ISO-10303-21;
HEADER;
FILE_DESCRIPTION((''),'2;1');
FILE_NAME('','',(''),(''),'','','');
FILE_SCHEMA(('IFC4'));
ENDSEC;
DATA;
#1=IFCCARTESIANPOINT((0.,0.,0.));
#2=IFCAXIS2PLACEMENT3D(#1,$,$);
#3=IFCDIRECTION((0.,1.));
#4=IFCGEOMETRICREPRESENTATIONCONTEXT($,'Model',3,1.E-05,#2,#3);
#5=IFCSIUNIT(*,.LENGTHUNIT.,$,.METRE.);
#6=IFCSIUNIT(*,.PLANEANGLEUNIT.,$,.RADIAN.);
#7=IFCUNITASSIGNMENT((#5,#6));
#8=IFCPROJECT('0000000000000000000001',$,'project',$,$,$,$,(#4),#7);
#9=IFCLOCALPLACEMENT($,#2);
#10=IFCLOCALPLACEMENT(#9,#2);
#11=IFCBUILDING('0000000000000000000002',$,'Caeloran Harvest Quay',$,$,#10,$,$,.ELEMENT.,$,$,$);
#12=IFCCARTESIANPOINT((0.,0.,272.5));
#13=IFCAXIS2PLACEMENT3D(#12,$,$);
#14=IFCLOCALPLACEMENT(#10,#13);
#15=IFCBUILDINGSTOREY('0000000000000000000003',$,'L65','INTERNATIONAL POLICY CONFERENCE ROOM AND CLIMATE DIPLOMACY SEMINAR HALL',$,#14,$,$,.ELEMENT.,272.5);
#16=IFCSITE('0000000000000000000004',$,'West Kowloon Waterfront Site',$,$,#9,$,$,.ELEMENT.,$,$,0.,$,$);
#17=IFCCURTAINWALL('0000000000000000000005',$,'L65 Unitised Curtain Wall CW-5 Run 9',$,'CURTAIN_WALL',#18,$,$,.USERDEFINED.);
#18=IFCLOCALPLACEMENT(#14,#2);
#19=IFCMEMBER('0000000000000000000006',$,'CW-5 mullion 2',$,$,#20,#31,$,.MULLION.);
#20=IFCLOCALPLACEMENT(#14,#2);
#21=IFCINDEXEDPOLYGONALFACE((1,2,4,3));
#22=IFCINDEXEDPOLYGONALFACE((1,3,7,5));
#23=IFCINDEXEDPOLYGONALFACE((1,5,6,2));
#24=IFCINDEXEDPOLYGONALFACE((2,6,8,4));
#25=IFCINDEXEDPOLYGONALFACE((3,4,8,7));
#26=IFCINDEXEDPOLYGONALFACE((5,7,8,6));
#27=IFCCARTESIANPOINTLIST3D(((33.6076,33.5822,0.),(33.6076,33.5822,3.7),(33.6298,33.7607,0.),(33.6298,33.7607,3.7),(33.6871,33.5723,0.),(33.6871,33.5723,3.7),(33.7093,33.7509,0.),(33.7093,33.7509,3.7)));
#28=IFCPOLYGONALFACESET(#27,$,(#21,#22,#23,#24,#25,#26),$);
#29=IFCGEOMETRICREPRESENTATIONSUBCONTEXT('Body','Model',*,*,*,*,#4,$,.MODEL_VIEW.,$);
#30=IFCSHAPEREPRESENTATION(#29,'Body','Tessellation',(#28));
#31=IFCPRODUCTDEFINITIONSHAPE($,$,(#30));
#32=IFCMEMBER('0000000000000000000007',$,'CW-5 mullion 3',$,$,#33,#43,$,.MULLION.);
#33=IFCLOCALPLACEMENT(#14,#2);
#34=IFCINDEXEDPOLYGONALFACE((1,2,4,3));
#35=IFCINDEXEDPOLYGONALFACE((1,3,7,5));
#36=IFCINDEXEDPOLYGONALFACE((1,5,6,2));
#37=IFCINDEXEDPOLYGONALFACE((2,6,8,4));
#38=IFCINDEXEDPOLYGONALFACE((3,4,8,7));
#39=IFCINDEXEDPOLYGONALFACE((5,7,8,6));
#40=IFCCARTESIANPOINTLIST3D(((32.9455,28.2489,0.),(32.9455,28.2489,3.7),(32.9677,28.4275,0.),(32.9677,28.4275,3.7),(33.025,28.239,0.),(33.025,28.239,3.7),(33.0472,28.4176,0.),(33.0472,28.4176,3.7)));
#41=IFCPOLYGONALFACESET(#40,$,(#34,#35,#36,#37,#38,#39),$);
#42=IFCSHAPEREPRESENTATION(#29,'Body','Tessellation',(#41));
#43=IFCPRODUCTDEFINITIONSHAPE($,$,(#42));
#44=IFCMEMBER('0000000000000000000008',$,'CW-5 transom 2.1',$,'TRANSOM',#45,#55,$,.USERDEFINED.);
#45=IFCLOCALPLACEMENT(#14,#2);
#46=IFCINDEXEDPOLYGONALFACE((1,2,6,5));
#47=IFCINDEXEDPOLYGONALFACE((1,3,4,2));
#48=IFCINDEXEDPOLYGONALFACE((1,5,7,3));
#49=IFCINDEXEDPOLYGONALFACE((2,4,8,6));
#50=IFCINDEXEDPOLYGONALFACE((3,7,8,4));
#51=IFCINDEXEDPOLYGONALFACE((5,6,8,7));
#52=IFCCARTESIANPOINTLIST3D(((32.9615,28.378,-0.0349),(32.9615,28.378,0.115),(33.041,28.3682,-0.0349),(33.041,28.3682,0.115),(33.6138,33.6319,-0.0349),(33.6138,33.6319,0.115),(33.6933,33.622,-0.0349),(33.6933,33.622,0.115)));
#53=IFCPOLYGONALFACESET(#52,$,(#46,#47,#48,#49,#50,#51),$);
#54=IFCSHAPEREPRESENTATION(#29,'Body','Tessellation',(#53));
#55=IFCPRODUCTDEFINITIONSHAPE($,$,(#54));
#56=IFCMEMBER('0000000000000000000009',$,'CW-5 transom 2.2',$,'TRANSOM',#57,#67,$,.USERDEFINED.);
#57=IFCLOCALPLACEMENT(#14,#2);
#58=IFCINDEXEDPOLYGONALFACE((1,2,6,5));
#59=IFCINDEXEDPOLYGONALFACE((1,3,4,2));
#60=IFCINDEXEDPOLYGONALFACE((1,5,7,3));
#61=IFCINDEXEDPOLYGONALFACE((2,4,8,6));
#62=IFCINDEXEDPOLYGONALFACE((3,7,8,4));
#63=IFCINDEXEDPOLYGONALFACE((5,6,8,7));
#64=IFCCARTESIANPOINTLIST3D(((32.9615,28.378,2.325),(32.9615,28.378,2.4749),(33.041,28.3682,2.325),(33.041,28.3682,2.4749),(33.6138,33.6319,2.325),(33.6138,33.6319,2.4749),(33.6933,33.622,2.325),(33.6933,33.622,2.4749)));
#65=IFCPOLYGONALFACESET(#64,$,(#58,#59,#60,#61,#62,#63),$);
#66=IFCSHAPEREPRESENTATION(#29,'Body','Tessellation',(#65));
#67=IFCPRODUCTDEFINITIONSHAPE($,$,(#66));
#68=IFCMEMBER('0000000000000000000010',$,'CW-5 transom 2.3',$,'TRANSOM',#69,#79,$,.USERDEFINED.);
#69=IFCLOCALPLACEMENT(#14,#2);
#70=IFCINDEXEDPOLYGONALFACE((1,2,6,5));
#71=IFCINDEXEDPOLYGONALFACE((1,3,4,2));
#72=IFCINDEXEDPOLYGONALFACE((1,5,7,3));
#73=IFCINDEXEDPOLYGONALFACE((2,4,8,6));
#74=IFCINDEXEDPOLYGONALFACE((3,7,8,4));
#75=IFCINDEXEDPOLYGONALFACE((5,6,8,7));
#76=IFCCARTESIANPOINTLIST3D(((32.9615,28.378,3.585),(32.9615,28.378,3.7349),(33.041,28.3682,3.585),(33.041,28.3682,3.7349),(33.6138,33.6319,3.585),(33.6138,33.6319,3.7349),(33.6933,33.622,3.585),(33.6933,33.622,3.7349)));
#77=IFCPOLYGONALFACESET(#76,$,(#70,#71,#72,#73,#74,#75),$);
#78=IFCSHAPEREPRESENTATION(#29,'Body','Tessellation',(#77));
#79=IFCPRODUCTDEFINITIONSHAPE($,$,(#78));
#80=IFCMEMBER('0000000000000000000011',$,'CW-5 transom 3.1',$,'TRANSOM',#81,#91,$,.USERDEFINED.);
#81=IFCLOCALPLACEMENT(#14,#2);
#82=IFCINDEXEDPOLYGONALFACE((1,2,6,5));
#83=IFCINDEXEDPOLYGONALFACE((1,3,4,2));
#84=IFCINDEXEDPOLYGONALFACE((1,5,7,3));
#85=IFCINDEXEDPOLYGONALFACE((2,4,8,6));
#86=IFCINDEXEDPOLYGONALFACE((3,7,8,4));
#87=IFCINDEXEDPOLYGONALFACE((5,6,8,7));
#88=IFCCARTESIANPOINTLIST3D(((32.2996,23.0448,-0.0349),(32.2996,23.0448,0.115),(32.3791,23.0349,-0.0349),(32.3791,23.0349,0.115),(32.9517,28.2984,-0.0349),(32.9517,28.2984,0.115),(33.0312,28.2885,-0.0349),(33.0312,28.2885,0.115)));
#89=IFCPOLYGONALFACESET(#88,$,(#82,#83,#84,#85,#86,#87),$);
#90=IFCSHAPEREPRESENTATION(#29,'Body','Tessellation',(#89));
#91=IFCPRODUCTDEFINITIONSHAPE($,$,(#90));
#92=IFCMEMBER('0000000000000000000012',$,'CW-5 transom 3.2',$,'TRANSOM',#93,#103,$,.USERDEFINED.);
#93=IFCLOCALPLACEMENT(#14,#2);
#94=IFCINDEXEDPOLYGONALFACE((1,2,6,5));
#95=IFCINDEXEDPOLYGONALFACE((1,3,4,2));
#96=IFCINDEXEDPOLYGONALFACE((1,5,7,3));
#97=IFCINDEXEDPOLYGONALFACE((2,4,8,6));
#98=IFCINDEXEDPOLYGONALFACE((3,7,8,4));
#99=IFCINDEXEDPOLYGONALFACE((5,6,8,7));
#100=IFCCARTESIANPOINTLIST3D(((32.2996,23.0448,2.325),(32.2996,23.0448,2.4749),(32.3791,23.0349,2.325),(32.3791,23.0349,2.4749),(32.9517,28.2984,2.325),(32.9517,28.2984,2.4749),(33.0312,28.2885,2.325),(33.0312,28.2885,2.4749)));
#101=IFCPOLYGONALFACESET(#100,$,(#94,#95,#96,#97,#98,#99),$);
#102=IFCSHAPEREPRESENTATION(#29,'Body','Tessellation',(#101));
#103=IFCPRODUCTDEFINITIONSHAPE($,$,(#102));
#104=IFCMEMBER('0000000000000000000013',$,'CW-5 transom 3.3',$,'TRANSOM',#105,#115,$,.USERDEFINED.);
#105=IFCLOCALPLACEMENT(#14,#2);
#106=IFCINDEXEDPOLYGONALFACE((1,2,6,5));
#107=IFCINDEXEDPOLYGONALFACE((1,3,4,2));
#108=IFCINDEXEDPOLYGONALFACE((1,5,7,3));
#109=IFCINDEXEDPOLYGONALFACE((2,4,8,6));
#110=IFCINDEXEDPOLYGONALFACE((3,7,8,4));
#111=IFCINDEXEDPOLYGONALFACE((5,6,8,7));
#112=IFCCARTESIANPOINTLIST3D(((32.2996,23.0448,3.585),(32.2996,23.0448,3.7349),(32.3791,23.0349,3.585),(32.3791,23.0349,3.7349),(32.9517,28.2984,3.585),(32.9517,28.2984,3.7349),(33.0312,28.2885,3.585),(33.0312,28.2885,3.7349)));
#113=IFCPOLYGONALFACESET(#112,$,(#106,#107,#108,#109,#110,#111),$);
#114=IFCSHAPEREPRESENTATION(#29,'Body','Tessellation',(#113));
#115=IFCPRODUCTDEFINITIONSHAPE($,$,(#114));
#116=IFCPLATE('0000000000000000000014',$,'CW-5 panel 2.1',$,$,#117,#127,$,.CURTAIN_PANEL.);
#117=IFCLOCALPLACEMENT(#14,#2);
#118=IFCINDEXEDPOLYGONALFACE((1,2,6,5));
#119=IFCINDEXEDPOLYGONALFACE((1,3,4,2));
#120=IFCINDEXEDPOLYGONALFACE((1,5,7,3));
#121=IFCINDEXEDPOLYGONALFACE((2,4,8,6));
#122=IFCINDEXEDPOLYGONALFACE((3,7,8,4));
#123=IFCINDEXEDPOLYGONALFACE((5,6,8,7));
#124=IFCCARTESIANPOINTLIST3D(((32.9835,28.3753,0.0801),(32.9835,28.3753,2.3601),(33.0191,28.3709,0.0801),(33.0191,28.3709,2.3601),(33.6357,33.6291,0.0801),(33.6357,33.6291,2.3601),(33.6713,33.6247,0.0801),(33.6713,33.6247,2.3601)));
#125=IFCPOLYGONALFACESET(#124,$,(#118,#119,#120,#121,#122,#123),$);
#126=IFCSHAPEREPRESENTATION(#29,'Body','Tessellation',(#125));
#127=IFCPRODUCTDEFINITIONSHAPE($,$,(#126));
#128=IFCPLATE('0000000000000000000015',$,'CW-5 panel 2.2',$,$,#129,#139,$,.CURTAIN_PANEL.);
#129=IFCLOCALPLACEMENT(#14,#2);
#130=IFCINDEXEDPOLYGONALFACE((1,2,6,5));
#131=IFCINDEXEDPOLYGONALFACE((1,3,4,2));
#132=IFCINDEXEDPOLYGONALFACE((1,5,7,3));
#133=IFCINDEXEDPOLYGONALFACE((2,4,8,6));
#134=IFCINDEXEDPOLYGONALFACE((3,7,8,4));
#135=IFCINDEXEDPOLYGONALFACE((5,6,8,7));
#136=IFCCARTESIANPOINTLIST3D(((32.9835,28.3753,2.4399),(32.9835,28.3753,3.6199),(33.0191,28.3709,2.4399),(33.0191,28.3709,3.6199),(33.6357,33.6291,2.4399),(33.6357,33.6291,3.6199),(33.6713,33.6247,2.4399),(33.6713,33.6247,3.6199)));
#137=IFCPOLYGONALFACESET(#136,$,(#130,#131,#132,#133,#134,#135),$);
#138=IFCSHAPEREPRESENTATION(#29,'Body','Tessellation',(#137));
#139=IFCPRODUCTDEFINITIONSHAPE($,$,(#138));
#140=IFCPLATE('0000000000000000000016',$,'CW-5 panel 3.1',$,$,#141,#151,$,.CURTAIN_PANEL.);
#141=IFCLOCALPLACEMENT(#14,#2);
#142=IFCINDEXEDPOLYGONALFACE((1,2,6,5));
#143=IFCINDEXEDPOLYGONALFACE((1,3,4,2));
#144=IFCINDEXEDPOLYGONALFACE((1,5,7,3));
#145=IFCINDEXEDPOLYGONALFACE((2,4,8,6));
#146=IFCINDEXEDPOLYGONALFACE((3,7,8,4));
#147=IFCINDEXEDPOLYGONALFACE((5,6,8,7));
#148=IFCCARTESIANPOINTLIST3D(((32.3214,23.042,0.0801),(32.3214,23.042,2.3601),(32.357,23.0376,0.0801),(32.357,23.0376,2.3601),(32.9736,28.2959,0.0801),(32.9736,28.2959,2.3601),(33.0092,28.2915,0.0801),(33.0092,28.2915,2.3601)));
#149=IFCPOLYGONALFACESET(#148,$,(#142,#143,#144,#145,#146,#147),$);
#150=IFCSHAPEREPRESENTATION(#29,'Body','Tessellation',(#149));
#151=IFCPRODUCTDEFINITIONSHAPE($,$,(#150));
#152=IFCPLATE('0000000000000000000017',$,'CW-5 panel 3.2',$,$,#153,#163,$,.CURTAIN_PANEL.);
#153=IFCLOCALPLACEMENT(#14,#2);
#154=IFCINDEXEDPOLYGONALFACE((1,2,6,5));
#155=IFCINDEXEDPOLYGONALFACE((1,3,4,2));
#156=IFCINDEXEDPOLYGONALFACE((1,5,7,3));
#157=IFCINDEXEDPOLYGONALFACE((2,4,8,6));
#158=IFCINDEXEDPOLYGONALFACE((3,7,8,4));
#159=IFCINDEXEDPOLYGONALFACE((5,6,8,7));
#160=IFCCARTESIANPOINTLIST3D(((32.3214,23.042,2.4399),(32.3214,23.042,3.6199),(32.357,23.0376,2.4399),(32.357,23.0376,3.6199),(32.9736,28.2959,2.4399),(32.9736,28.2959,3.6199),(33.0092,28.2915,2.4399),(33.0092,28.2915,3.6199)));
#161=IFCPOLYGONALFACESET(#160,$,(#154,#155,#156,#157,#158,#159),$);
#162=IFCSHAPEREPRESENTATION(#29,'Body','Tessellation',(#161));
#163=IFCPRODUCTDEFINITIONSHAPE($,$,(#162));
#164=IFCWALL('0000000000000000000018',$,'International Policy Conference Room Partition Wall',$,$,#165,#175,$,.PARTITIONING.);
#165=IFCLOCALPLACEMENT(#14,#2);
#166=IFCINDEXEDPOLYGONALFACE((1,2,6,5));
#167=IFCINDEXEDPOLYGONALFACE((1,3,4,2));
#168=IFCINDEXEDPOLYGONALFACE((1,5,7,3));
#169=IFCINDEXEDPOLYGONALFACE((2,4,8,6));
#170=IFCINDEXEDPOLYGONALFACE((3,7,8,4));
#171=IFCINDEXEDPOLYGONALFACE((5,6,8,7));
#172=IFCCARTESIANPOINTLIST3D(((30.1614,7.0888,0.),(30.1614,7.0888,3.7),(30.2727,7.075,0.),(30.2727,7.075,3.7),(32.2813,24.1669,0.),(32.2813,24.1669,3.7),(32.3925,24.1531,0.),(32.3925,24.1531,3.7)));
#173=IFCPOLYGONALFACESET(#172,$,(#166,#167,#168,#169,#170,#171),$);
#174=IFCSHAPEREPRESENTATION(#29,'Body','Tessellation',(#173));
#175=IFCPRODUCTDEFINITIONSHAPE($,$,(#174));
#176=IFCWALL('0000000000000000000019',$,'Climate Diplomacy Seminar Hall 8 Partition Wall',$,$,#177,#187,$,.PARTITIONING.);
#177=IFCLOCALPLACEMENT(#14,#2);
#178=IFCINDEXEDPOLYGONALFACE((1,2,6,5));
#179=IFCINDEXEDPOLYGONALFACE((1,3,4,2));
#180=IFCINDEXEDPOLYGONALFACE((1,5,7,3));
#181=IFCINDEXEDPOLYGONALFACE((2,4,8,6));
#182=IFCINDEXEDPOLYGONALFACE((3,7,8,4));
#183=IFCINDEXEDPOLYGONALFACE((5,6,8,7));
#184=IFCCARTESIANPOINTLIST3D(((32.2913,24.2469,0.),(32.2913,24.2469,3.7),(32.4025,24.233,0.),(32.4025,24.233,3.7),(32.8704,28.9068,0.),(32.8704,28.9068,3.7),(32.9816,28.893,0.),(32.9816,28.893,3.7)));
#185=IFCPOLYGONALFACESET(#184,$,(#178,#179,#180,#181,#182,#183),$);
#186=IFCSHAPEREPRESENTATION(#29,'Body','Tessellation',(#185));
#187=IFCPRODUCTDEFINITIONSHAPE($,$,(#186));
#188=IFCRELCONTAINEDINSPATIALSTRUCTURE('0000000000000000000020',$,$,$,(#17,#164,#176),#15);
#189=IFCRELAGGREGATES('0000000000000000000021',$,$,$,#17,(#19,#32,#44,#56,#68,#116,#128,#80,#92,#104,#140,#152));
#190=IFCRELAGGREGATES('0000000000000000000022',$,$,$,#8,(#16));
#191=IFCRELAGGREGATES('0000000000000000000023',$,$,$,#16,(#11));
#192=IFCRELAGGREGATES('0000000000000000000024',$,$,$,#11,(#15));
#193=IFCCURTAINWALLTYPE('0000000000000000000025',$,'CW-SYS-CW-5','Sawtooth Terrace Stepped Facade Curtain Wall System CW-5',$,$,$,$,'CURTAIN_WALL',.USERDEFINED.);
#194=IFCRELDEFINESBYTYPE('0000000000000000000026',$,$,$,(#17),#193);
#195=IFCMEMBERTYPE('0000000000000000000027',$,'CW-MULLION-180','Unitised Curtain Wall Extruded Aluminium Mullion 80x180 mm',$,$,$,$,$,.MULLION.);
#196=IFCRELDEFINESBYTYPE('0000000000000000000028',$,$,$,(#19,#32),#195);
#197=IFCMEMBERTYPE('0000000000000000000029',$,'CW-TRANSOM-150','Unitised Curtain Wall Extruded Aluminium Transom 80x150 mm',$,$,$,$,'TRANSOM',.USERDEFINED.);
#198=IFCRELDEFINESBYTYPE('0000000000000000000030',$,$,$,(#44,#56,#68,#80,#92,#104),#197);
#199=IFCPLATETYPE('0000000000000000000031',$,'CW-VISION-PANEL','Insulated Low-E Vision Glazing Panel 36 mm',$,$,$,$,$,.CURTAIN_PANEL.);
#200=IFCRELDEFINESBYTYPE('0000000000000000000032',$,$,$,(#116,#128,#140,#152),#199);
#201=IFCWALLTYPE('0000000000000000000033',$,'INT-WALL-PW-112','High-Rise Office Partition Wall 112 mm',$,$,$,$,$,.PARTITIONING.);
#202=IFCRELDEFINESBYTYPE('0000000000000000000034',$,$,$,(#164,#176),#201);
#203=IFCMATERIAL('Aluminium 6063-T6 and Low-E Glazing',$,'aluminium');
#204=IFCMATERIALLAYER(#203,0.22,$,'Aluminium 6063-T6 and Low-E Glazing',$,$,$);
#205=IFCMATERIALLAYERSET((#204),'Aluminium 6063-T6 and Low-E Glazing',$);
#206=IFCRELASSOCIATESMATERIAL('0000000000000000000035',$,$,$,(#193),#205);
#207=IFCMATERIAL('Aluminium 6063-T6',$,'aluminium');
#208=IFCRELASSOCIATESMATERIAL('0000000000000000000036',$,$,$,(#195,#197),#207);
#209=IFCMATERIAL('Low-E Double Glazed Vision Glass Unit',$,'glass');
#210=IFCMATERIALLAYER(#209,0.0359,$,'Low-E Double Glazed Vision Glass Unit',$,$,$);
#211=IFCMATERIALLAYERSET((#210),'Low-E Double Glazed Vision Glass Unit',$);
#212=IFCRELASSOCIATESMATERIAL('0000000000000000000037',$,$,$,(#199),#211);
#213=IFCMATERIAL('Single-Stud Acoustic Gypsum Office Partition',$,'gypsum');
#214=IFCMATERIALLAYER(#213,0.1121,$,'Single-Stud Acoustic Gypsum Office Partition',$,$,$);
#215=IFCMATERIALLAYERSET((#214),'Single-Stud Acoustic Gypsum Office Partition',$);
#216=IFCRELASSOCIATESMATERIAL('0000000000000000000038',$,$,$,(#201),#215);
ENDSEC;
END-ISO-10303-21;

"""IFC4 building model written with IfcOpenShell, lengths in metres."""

from ifc_helpers import new_model, si_unit, direction, frame, frame_2d, origin, origin_2d, place, context, subcontext, project, spatial, rectangle, extrude, material, layer, layer_set, material_profile, profile_set, type_object, element, aggregate, save


model = new_model("IFC4")

# Units and contexts
model_context = context("Model", 3, precision=1e-05, world=origin(), true_north=direction((0.0, 1.0)))
body_context = subcontext(model_context, "Body", "Model", "MODEL_VIEW")
ifc_project = project(units=[si_unit("LENGTHUNIT", "METRE"), si_unit("PLANEANGLEUNIT", "RADIAN")], contexts=[model_context])

# Site, building, storey
site_placement = place(None, origin())
site = spatial("IfcSite", under=ifc_project, at=site_placement, Name="West Kowloon Waterfront Site", CompositionType="ELEMENT", RefElevation=0.0)
building_placement = place(site_placement, origin())
building = spatial("IfcBuilding", under=site, at=building_placement, Name="Caeloran Harvest Quay", CompositionType="ELEMENT")
storey_placement = place(building_placement, frame((0.0, 0.0, 272.5)))
storey = spatial("IfcBuildingStorey", under=building, at=storey_placement, Name="L65", Description="INTERNATIONAL POLICY CONFERENCE ROOM AND CLIMATE DIPLOMACY SEMINAR HALL", CompositionType="ELEMENT", Elevation=272.5)

# Curtain wall, members, plates
ifc_material_1 = material(Name="Aluminium 6063-T6 and Low-E Glazing", Category="aluminium")
ifc_layer_1 = layer(ifc_material_1, 0.22, Name="Aluminium 6063-T6 and Low-E Glazing")
ifc_layer_set_1 = layer_set([ifc_layer_1], Name="Aluminium 6063-T6 and Low-E Glazing")
curtain_wall_type = type_object("IfcCurtainWallType", Name="CW-SYS-CW-5", Description="Sawtooth Terrace Stepped Facade Curtain Wall System CW-5", ElementType="CURTAIN_WALL", PredefinedType="USERDEFINED", material=ifc_layer_set_1)
curtain_wall_placement = place(storey_placement, origin())
curtain_wall = element("IfcCurtainWall", 1, at=curtain_wall_placement, inside=storey, type_object=curtain_wall_type, Name="L65 Unitised Curtain Wall CW-5 Run 9", ObjectType="CURTAIN_WALL", PredefinedType="USERDEFINED")
ifc_material_2 = material(Name="Aluminium 6063-T6", Category="aluminium")
ifc_material_profile_1 = material_profile(ifc_material_2, rectangle(XDim=0.0801, YDim=0.1799, at=origin_2d()), Name="CW-MULLION-180")
ifc_profile_set_1 = profile_set([ifc_material_profile_1], Name="Aluminium 6063-T6")
member_type_1 = type_object("IfcMemberType", Name="CW-MULLION-180", Description="Unitised Curtain Wall Extruded Aluminium Mullion 80x180 mm", PredefinedType="MULLION", material=ifc_profile_set_1)
member_1_placement = place(storey_placement, frame((33.6584, 33.6665, 0.0), z_axis=(0.0, 0.0, 1.0), x_axis=(0.992383, -0.12319, 0.0)))
member_1 = element("IfcMember", 2, at=member_1_placement, type_object=member_type_1, Name="CW-5 mullion 2", PredefinedType="MULLION", context=body_context, shape_type="SweptSolid", body=[
    extrude(rectangle(XDim=0.0801, YDim=0.1799, at=origin_2d()), origin(), (0.0, 0.0, 1.0), 3.7),
])
member_2_placement = place(storey_placement, frame((32.9963, 28.3333, 0.0), z_axis=(0.0, 0.0, 1.0), x_axis=(0.992383, -0.12319, 0.0)))
member_2 = element("IfcMember", 3, at=member_2_placement, type_object=member_type_1, Name="CW-5 mullion 3", PredefinedType="MULLION", context=body_context, shape_type="SweptSolid", body=[
    extrude(rectangle(XDim=0.0801, YDim=0.1799, at=origin_2d()), origin(), (0.0, 0.0, 1.0), 3.7),
])
ifc_material_profile_2 = material_profile(ifc_material_2, rectangle(XDim=0.0801, YDim=0.1499, at=origin_2d()), Name="CW-TRANSOM-150")
ifc_profile_set_2 = profile_set([ifc_material_profile_2], Name="Aluminium 6063-T6")
member_type_2 = type_object("IfcMemberType", Name="CW-TRANSOM-150", Description="Unitised Curtain Wall Extruded Aluminium Transom 80x150 mm", ElementType="TRANSOM", PredefinedType="USERDEFINED", material=ifc_profile_set_2)
member_3_placement = place(storey_placement, frame((33.6536, 33.627, 0.04), z_axis=(-0.123217, -0.99238, 0.0), x_axis=(0.99238, -0.123217, 0.0)))
member_3 = element("IfcMember", 4, at=member_3_placement, type_object=member_type_2, Name="CW-5 transom 2.1", ObjectType="TRANSOM", PredefinedType="USERDEFINED", context=body_context, shape_type="SweptSolid", body=[
    extrude(rectangle(XDim=0.0801, YDim=0.1499, at=origin_2d()), origin(), (0.0, 0.0, 1.0), 5.2942),
])
member_4_placement = place(storey_placement, frame((33.6536, 33.627, 2.3999), z_axis=(-0.123217, -0.99238, 0.0), x_axis=(0.99238, -0.123217, 0.0)))
member_4 = element("IfcMember", 5, at=member_4_placement, type_object=member_type_2, Name="CW-5 transom 2.2", ObjectType="TRANSOM", PredefinedType="USERDEFINED", context=body_context, shape_type="SweptSolid", body=[
    extrude(rectangle(XDim=0.0801, YDim=0.1499, at=origin_2d()), origin(), (0.0, 0.0, 1.0), 5.2942),
])
member_5_placement = place(storey_placement, frame((33.6536, 33.627, 3.6599), z_axis=(-0.123217, -0.99238, 0.0), x_axis=(0.99238, -0.123217, 0.0)))
member_5 = element("IfcMember", 6, at=member_5_placement, type_object=member_type_2, Name="CW-5 transom 2.3", ObjectType="TRANSOM", PredefinedType="USERDEFINED", context=body_context, shape_type="SweptSolid", body=[
    extrude(rectangle(XDim=0.0801, YDim=0.1499, at=origin_2d()), origin(), (0.0, 0.0, 1.0), 5.2942),
])
member_6_placement = place(storey_placement, frame((32.9915, 28.2935, 0.04), z_axis=(-0.123178, -0.992385, 0.0), x_axis=(0.992385, -0.123178, 0.0)))
member_6 = element("IfcMember", 7, at=member_6_placement, type_object=member_type_2, Name="CW-5 transom 3.1", ObjectType="TRANSOM", PredefinedType="USERDEFINED", context=body_context, shape_type="SweptSolid", body=[
    extrude(rectangle(XDim=0.0801, YDim=0.1499, at=origin_2d()), origin(), (0.0, 0.0, 1.0), 5.2939),
])
member_7_placement = place(storey_placement, frame((32.9915, 28.2935, 2.3999), z_axis=(-0.123178, -0.992385, 0.0), x_axis=(0.992385, -0.123178, 0.0)))
member_7 = element("IfcMember", 8, at=member_7_placement, type_object=member_type_2, Name="CW-5 transom 3.2", ObjectType="TRANSOM", PredefinedType="USERDEFINED", context=body_context, shape_type="SweptSolid", body=[
    extrude(rectangle(XDim=0.0801, YDim=0.1499, at=origin_2d()), origin(), (0.0, 0.0, 1.0), 5.2939),
])
member_8_placement = place(storey_placement, frame((32.9915, 28.2935, 3.6599), z_axis=(-0.123178, -0.992385, 0.0), x_axis=(0.992385, -0.123178, 0.0)))
member_8 = element("IfcMember", 9, at=member_8_placement, type_object=member_type_2, Name="CW-5 transom 3.3", ObjectType="TRANSOM", PredefinedType="USERDEFINED", context=body_context, shape_type="SweptSolid", body=[
    extrude(rectangle(XDim=0.0801, YDim=0.1499, at=origin_2d()), origin(), (0.0, 0.0, 1.0), 5.2939),
])
ifc_material_3 = material(Name="Low-E Double Glazed Vision Glass Unit", Category="glass")
ifc_layer_2 = layer(ifc_material_3, 0.0359, Name="Low-E Double Glazed Vision Glass Unit")
ifc_layer_set_2 = layer_set([ifc_layer_2], Name="Low-E Double Glazed Vision Glass Unit")
plate_type = type_object("IfcPlateType", Name="CW-VISION-PANEL", Description="Insulated Low-E Vision Glazing Panel 36 mm", PredefinedType="CURTAIN_PANEL", material=ifc_layer_set_2)
plate_1_placement = place(storey_placement, frame((33.3274, 31.0, 0.0801), z_axis=(0.0, 0.0, 1.0), x_axis=(-0.12319, -0.992383, 0.0)))
plate_1 = element("IfcPlate", 10, at=plate_1_placement, type_object=plate_type, Name="CW-5 panel 2.1", PredefinedType="CURTAIN_PANEL", context=body_context, shape_type="SweptSolid", body=[
    extrude(rectangle(XDim=5.2942, YDim=0.0359, at=origin_2d()), origin(), (0.0, 0.0, 1.0), 2.28),
])
plate_2_placement = place(storey_placement, frame((33.3274, 31.0, 2.4399), z_axis=(0.0, 0.0, 1.0), x_axis=(-0.12319, -0.992383, 0.0)))
plate_2 = element("IfcPlate", 11, at=plate_2_placement, type_object=plate_type, Name="CW-5 panel 2.2", PredefinedType="CURTAIN_PANEL", context=body_context, shape_type="SweptSolid", body=[
    extrude(rectangle(XDim=5.2942, YDim=0.0359, at=origin_2d()), origin(), (0.0, 0.0, 1.0), 1.1799),
])
plate_3_placement = place(storey_placement, frame((32.6653, 25.6667, 0.0801), z_axis=(0.0, 0.0, 1.0), x_axis=(-0.12319, -0.992383, 0.0)))
plate_3 = element("IfcPlate", 12, at=plate_3_placement, type_object=plate_type, Name="CW-5 panel 3.1", PredefinedType="CURTAIN_PANEL", context=body_context, shape_type="SweptSolid", body=[
    extrude(rectangle(XDim=5.2942, YDim=0.0359, at=origin_2d()), origin(), (0.0, 0.0, 1.0), 2.28),
])
plate_4_placement = place(storey_placement, frame((32.6653, 25.6667, 2.4399), z_axis=(0.0, 0.0, 1.0), x_axis=(-0.12319, -0.992383, 0.0)))
plate_4 = element("IfcPlate", 13, at=plate_4_placement, type_object=plate_type, Name="CW-5 panel 3.2", PredefinedType="CURTAIN_PANEL", context=body_context, shape_type="SweptSolid", body=[
    extrude(rectangle(XDim=5.2942, YDim=0.0359, at=origin_2d()), origin(), (0.0, 0.0, 1.0), 1.1799),
])
aggregate(curtain_wall, [member_1, member_2, member_3, member_4, member_5, plate_1, plate_2, member_6, member_7, member_8, plate_3, plate_4])

# Walls
ifc_material_4 = material(Name="Single-Stud Acoustic Gypsum Office Partition", Category="gypsum")
ifc_layer_3 = layer(ifc_material_4, 0.1121, Name="Single-Stud Acoustic Gypsum Office Partition")
ifc_layer_set_3 = layer_set([ifc_layer_3], Name="Single-Stud Acoustic Gypsum Office Partition")
wall_type = type_object("IfcWallType", Name="INT-WALL-PW-112", Description="High-Rise Office Partition Wall 112 mm", PredefinedType="PARTITIONING", material=ifc_layer_set_3)
wall_1_placement = place(storey_placement, frame((32.3369, 24.1599, 0.0), z_axis=(0.0, 0.0, 1.0), x_axis=(-0.123183, -0.992384, 0.0)))
element("IfcWall", 14, at=wall_1_placement, inside=storey, type_object=wall_type, Name="International Policy Conference Room Partition Wall", PredefinedType="PARTITIONING", context=body_context, shape_type="SweptSolid", body=[
    extrude(rectangle(XDim=17.2092, YDim=0.1121, at=frame_2d((8.6045, 0.0))), origin(), (0.0, 0.0, 1.0), 3.7),
])
wall_2_placement = place(storey_placement, frame((32.926, 28.8999, 0.0), z_axis=(0.0, 0.0, 1.0), x_axis=(-0.123324, -0.992366, 0.0)))
element("IfcWall", 15, at=wall_2_placement, inside=storey, type_object=wall_type, Name="Climate Diplomacy Seminar Hall 8 Partition Wall", PredefinedType="PARTITIONING", context=body_context, shape_type="SweptSolid", body=[
    extrude(rectangle(XDim=4.6958, YDim=0.1121, at=frame_2d((2.3479, 0.0))), origin(), (0.0, 0.0, 1.0), 3.7),
])

save(model, "model.ifc")
